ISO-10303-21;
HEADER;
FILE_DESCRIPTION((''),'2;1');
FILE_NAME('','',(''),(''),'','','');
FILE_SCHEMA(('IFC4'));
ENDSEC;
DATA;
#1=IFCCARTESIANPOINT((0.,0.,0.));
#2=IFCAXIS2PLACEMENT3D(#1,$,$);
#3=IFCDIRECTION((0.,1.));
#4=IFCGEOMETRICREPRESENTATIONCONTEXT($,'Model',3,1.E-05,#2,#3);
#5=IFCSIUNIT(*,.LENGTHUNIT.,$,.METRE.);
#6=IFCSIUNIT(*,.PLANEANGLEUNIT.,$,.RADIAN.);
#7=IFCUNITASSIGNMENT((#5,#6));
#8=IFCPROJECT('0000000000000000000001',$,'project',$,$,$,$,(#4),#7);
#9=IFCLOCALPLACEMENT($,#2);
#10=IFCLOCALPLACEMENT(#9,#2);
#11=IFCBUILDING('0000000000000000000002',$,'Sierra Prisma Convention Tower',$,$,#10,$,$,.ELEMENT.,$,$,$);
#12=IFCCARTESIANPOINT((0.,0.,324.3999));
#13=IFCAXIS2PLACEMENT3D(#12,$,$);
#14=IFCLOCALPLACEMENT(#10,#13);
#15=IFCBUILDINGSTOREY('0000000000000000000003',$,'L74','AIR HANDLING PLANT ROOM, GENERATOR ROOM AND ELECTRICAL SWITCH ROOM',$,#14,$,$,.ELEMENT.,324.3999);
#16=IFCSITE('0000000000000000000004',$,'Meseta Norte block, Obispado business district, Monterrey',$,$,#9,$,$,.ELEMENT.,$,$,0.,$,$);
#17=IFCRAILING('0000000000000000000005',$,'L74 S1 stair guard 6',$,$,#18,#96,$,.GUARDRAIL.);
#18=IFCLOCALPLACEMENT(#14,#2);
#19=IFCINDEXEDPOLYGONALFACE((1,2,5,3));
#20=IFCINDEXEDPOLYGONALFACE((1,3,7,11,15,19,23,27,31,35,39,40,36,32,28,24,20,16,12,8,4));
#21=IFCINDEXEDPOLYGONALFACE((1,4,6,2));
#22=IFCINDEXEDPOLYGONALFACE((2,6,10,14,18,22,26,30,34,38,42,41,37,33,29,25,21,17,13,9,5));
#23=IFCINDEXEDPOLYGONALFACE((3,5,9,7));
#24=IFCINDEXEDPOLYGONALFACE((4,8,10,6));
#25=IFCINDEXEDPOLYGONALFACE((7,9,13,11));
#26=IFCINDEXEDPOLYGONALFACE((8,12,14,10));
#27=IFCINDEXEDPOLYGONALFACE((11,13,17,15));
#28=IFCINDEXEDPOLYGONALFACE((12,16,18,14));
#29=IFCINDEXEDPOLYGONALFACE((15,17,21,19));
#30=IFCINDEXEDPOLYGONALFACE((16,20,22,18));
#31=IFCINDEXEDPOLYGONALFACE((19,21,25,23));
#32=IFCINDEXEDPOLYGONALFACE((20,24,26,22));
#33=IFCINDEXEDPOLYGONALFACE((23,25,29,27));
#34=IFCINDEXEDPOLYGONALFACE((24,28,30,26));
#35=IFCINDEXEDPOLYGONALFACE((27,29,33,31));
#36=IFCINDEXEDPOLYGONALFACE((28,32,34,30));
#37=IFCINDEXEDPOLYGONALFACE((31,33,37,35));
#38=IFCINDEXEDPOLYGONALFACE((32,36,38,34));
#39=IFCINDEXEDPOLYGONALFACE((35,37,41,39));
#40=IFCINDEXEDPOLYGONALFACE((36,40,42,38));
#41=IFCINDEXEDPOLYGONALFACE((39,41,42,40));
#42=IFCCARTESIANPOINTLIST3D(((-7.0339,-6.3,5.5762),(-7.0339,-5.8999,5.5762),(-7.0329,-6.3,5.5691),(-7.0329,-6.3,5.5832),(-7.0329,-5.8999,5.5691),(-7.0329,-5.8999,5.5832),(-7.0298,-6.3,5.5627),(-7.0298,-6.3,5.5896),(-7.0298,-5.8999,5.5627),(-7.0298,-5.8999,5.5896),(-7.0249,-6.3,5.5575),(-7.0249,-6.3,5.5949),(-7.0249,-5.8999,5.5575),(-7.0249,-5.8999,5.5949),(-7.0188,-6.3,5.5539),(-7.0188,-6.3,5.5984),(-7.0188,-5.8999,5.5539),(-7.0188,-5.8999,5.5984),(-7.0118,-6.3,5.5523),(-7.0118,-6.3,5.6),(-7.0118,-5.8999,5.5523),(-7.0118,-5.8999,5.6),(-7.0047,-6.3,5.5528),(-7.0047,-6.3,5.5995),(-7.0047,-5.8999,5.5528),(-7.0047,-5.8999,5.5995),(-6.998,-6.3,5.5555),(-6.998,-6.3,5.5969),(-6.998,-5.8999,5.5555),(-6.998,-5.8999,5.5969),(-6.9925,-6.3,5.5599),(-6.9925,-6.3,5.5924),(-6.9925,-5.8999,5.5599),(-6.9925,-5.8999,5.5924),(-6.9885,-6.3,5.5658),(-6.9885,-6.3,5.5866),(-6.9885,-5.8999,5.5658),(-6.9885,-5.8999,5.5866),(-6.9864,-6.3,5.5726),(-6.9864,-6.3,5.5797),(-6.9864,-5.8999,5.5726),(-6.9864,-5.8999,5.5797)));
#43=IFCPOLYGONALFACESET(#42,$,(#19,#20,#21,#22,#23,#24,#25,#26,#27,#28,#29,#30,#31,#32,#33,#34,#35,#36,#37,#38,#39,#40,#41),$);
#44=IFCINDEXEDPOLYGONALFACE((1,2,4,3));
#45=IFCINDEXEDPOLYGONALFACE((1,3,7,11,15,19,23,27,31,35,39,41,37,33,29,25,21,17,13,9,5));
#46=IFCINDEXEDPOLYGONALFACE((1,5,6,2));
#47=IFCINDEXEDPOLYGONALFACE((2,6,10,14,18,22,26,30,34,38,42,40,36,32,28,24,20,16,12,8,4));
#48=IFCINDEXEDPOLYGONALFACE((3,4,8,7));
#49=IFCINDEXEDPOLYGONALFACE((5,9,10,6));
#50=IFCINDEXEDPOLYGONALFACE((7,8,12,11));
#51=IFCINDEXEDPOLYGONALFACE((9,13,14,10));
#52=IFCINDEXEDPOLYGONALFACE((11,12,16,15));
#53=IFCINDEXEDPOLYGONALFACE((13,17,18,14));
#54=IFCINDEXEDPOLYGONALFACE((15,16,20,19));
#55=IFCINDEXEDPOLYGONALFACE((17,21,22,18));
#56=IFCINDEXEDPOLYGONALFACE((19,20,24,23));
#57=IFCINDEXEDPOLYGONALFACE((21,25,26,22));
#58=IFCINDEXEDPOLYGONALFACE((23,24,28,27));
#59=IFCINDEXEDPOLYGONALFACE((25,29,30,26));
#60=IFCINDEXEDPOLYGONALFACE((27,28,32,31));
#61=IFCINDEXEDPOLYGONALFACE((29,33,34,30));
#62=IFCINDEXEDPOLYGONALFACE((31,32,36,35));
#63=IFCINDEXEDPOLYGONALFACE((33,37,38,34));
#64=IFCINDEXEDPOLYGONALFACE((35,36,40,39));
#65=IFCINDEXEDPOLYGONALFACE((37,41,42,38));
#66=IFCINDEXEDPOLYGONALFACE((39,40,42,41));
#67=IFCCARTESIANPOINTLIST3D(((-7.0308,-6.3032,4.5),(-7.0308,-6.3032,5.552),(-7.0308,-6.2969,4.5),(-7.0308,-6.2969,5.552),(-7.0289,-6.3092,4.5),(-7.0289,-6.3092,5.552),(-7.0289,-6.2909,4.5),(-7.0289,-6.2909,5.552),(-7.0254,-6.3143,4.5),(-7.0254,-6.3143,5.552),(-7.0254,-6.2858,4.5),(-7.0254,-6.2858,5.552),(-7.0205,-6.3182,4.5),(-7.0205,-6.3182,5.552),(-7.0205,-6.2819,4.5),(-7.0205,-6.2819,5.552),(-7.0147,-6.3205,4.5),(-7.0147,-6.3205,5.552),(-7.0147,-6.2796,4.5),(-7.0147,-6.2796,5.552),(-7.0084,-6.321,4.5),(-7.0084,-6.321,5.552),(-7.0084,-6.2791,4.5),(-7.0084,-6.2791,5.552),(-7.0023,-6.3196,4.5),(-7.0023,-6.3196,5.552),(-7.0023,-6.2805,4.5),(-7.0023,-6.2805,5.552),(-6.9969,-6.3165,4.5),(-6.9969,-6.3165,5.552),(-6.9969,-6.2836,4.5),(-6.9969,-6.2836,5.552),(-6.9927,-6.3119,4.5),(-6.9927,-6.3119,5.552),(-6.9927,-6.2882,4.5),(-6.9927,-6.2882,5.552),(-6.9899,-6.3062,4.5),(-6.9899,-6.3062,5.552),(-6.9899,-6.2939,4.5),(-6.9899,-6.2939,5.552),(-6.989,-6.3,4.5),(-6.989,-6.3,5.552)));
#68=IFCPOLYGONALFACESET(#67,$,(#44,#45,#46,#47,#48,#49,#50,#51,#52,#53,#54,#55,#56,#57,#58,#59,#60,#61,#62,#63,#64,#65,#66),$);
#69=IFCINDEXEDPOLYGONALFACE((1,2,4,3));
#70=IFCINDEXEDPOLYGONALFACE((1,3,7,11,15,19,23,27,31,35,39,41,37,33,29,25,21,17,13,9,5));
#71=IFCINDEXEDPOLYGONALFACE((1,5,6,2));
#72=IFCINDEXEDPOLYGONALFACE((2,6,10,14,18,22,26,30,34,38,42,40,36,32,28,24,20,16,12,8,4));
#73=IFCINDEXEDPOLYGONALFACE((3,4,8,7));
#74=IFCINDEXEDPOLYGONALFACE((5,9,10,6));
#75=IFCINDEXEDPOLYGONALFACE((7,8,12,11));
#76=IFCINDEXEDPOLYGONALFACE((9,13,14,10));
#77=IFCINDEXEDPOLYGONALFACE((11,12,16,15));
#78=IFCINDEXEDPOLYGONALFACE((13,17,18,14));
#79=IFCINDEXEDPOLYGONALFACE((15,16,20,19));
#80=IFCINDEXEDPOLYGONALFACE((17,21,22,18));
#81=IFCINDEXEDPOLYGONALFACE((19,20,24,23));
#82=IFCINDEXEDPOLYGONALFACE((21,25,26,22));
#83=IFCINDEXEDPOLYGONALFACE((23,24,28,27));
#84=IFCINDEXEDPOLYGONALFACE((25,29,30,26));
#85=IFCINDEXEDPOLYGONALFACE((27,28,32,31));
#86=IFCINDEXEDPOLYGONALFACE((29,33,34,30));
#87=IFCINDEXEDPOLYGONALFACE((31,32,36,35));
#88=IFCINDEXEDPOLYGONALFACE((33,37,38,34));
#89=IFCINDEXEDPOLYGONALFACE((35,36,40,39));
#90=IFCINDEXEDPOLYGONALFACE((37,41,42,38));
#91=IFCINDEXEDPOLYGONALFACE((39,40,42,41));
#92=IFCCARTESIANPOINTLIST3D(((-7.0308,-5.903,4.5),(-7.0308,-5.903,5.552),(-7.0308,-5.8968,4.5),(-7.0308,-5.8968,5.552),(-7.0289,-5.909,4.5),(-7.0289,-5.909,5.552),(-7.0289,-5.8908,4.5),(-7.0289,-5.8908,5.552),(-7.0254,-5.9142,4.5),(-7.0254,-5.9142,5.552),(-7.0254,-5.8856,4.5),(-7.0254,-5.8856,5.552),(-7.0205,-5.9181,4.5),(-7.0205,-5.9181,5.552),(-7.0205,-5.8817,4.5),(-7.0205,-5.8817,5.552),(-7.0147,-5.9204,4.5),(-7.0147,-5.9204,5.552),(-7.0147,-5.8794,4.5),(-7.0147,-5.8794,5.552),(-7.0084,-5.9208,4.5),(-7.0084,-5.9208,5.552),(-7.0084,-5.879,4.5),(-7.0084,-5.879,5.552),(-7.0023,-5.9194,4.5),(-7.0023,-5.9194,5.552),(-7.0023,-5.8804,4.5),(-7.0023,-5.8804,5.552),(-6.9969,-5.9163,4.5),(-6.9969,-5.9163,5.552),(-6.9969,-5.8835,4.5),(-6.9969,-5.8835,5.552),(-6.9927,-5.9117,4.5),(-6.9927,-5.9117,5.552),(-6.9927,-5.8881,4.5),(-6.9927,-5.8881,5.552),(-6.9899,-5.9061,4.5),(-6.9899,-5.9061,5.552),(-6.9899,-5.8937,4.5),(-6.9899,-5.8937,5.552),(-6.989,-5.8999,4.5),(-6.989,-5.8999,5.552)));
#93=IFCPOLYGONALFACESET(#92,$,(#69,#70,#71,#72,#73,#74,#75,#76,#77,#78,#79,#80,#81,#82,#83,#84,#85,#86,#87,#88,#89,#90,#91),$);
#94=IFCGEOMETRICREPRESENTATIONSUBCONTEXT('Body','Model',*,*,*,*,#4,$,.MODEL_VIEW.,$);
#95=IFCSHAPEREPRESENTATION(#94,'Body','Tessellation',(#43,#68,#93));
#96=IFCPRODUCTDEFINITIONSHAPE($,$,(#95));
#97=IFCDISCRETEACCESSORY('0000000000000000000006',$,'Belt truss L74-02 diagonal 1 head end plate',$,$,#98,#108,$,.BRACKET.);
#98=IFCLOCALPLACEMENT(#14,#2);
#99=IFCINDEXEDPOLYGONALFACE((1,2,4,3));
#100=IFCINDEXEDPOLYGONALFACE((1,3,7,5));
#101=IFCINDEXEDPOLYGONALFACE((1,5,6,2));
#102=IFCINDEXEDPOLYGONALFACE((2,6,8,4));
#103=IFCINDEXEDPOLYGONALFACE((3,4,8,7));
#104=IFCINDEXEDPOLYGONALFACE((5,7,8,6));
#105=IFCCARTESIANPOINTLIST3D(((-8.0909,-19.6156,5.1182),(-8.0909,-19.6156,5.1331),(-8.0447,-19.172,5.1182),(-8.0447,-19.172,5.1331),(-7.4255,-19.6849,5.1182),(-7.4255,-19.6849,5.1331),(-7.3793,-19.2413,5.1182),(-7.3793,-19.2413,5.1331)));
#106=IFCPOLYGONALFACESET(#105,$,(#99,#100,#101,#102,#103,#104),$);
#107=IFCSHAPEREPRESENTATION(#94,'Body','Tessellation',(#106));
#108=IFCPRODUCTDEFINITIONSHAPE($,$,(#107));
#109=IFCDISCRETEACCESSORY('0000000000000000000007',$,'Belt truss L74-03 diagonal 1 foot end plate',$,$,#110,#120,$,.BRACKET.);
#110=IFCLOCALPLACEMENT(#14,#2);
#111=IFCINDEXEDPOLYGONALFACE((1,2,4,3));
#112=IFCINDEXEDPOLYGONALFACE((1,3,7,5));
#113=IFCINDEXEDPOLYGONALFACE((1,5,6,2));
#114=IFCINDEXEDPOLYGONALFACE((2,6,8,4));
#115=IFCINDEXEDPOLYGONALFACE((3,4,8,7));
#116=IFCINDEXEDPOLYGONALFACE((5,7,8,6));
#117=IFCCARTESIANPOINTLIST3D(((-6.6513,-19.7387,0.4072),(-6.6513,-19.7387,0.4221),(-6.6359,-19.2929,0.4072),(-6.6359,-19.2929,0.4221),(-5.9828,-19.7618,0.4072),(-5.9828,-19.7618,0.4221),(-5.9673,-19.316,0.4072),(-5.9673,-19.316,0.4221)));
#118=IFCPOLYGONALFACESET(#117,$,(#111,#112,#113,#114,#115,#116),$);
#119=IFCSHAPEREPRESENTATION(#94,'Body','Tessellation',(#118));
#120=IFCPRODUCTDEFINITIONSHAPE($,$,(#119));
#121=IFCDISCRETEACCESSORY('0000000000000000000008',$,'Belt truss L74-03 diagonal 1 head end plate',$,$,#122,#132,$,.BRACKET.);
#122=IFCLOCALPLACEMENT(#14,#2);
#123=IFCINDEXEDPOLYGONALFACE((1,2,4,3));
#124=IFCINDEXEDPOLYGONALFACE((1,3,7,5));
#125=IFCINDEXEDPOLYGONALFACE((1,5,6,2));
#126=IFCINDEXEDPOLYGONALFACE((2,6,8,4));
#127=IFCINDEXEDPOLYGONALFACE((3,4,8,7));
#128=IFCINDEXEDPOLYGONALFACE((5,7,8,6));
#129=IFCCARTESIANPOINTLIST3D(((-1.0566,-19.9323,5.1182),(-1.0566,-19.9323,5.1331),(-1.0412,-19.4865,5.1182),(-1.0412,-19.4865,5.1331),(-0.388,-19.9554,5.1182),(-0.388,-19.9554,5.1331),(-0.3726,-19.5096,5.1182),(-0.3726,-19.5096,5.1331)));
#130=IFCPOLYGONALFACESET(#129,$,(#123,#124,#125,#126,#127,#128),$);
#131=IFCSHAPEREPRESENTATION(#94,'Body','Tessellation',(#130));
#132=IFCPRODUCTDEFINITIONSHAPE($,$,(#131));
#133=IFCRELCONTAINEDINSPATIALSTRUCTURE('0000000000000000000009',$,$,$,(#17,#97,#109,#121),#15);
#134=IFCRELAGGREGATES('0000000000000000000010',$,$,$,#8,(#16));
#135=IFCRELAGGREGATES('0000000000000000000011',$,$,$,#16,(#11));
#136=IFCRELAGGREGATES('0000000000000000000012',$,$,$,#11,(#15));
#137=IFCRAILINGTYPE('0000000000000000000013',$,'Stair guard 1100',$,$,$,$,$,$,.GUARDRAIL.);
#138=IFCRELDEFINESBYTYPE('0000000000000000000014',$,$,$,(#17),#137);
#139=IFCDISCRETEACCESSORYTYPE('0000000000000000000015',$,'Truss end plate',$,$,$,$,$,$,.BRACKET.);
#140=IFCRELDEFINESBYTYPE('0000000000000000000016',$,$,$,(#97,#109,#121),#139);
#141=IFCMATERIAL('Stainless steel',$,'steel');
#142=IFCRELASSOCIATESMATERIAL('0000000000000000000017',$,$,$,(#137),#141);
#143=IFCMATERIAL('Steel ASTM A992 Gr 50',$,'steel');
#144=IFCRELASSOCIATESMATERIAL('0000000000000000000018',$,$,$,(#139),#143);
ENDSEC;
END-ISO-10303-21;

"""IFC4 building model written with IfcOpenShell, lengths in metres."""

from ifc_helpers import new_model, si_unit, direction, frame, origin, origin_2d, place, context, subcontext, project, spatial, rectangle, circle, extrude, material, type_object, element, save


model = new_model("IFC4")

# Units and contexts
model_context = context("Model", 3, precision=1e-05, world=origin(), true_north=direction((0.0, 1.0)))
body_context = subcontext(model_context, "Body", "Model", "MODEL_VIEW")
ifc_project = project(units=[si_unit("LENGTHUNIT", "METRE"), si_unit("PLANEANGLEUNIT", "RADIAN")], contexts=[model_context])

# Site, building, storey
site_placement = place(None, origin())
site = spatial("IfcSite", under=ifc_project, at=site_placement, Name="Meseta Norte block, Obispado business district, Monterrey", CompositionType="ELEMENT", RefElevation=0.0)
building_placement = place(site_placement, origin())
building = spatial("IfcBuilding", under=site, at=building_placement, Name="Sierra Prisma Convention Tower", CompositionType="ELEMENT")
storey_placement = place(building_placement, frame((0.0, 0.0, 324.3999)))
storey = spatial("IfcBuildingStorey", under=building, at=storey_placement, Name="L74", Description="AIR HANDLING PLANT ROOM, GENERATOR ROOM AND ELECTRICAL SWITCH ROOM", CompositionType="ELEMENT", Elevation=324.3999)

# Railing
ifc_material_1 = material(Name="Stainless steel", Category="steel")
railing_type_1 = type_object("IfcRailingType", Name="Stair guard 1100", PredefinedType="GUARDRAIL", material=ifc_material_1)
railing_1_placement = place(storey_placement, frame((-7.01, -6.3, 4.5)))
element("IfcRailing", 1, at=railing_1_placement, inside=storey, type_object=railing_type_1, Name="L74 S1 stair guard 6", PredefinedType="GUARDRAIL", context=body_context, shape_type="SweptSolid", body=[
    extrude(circle(Radius=0.0239, at=origin_2d()), frame((0.0, 0.0, 1.0762), z_axis=(0.0, 1.0, 0.0), x_axis=(-1.0, 0.0, 0.0)), (0.0, 0.0, 1.0), 0.4001),
    extrude(circle(Radius=0.021, at=origin_2d()), origin(), (0.0, 0.0, 1.0), 1.052),
    extrude(circle(Radius=0.021, at=origin_2d()), frame((0.0, 0.4001, 0.0)), (0.0, 0.0, 1.0), 1.052),
])

# Discrete accessories
ifc_material_2 = material(Name="Steel ASTM A992 Gr 50", Category="steel")
discrete_accessory_type = type_object("IfcDiscreteAccessoryType", Name="Truss end plate", PredefinedType="BRACKET", material=ifc_material_2)
for number, where, z_axis, x_axis, name in (
    (2, (-7.7351, -19.4285, 5.1182), (0.0, 0.0, 1.0), (0.994619, -0.103598, 0.0), "Belt truss L74-02 diagonal 1 head end plate"),
    (3, (-6.3093, -19.5273, 0.4072), (0.0, 0.0, 1.0), (0.999402, -0.034589, 0.0), "Belt truss L74-03 diagonal 1 foot end plate"),
    (4, (-0.7146, -19.7209, 5.1182), (0.0, 0.0, 1.0), (0.999402, -0.034589, 0.0), "Belt truss L74-03 diagonal 1 head end plate"),
):
    element("IfcDiscreteAccessory", number, at=place(storey_placement, frame(where, z_axis=z_axis, x_axis=x_axis)), inside=storey, type_object=discrete_accessory_type, Name=name, PredefinedType="BRACKET", context=body_context, shape_type="SweptSolid", body=[
        extrude(rectangle(XDim=0.6689, YDim=0.446, at=origin_2d()), origin(), (0.0, 0.0, 1.0), 0.0149),
    ])

save(model, "model.ifc")
